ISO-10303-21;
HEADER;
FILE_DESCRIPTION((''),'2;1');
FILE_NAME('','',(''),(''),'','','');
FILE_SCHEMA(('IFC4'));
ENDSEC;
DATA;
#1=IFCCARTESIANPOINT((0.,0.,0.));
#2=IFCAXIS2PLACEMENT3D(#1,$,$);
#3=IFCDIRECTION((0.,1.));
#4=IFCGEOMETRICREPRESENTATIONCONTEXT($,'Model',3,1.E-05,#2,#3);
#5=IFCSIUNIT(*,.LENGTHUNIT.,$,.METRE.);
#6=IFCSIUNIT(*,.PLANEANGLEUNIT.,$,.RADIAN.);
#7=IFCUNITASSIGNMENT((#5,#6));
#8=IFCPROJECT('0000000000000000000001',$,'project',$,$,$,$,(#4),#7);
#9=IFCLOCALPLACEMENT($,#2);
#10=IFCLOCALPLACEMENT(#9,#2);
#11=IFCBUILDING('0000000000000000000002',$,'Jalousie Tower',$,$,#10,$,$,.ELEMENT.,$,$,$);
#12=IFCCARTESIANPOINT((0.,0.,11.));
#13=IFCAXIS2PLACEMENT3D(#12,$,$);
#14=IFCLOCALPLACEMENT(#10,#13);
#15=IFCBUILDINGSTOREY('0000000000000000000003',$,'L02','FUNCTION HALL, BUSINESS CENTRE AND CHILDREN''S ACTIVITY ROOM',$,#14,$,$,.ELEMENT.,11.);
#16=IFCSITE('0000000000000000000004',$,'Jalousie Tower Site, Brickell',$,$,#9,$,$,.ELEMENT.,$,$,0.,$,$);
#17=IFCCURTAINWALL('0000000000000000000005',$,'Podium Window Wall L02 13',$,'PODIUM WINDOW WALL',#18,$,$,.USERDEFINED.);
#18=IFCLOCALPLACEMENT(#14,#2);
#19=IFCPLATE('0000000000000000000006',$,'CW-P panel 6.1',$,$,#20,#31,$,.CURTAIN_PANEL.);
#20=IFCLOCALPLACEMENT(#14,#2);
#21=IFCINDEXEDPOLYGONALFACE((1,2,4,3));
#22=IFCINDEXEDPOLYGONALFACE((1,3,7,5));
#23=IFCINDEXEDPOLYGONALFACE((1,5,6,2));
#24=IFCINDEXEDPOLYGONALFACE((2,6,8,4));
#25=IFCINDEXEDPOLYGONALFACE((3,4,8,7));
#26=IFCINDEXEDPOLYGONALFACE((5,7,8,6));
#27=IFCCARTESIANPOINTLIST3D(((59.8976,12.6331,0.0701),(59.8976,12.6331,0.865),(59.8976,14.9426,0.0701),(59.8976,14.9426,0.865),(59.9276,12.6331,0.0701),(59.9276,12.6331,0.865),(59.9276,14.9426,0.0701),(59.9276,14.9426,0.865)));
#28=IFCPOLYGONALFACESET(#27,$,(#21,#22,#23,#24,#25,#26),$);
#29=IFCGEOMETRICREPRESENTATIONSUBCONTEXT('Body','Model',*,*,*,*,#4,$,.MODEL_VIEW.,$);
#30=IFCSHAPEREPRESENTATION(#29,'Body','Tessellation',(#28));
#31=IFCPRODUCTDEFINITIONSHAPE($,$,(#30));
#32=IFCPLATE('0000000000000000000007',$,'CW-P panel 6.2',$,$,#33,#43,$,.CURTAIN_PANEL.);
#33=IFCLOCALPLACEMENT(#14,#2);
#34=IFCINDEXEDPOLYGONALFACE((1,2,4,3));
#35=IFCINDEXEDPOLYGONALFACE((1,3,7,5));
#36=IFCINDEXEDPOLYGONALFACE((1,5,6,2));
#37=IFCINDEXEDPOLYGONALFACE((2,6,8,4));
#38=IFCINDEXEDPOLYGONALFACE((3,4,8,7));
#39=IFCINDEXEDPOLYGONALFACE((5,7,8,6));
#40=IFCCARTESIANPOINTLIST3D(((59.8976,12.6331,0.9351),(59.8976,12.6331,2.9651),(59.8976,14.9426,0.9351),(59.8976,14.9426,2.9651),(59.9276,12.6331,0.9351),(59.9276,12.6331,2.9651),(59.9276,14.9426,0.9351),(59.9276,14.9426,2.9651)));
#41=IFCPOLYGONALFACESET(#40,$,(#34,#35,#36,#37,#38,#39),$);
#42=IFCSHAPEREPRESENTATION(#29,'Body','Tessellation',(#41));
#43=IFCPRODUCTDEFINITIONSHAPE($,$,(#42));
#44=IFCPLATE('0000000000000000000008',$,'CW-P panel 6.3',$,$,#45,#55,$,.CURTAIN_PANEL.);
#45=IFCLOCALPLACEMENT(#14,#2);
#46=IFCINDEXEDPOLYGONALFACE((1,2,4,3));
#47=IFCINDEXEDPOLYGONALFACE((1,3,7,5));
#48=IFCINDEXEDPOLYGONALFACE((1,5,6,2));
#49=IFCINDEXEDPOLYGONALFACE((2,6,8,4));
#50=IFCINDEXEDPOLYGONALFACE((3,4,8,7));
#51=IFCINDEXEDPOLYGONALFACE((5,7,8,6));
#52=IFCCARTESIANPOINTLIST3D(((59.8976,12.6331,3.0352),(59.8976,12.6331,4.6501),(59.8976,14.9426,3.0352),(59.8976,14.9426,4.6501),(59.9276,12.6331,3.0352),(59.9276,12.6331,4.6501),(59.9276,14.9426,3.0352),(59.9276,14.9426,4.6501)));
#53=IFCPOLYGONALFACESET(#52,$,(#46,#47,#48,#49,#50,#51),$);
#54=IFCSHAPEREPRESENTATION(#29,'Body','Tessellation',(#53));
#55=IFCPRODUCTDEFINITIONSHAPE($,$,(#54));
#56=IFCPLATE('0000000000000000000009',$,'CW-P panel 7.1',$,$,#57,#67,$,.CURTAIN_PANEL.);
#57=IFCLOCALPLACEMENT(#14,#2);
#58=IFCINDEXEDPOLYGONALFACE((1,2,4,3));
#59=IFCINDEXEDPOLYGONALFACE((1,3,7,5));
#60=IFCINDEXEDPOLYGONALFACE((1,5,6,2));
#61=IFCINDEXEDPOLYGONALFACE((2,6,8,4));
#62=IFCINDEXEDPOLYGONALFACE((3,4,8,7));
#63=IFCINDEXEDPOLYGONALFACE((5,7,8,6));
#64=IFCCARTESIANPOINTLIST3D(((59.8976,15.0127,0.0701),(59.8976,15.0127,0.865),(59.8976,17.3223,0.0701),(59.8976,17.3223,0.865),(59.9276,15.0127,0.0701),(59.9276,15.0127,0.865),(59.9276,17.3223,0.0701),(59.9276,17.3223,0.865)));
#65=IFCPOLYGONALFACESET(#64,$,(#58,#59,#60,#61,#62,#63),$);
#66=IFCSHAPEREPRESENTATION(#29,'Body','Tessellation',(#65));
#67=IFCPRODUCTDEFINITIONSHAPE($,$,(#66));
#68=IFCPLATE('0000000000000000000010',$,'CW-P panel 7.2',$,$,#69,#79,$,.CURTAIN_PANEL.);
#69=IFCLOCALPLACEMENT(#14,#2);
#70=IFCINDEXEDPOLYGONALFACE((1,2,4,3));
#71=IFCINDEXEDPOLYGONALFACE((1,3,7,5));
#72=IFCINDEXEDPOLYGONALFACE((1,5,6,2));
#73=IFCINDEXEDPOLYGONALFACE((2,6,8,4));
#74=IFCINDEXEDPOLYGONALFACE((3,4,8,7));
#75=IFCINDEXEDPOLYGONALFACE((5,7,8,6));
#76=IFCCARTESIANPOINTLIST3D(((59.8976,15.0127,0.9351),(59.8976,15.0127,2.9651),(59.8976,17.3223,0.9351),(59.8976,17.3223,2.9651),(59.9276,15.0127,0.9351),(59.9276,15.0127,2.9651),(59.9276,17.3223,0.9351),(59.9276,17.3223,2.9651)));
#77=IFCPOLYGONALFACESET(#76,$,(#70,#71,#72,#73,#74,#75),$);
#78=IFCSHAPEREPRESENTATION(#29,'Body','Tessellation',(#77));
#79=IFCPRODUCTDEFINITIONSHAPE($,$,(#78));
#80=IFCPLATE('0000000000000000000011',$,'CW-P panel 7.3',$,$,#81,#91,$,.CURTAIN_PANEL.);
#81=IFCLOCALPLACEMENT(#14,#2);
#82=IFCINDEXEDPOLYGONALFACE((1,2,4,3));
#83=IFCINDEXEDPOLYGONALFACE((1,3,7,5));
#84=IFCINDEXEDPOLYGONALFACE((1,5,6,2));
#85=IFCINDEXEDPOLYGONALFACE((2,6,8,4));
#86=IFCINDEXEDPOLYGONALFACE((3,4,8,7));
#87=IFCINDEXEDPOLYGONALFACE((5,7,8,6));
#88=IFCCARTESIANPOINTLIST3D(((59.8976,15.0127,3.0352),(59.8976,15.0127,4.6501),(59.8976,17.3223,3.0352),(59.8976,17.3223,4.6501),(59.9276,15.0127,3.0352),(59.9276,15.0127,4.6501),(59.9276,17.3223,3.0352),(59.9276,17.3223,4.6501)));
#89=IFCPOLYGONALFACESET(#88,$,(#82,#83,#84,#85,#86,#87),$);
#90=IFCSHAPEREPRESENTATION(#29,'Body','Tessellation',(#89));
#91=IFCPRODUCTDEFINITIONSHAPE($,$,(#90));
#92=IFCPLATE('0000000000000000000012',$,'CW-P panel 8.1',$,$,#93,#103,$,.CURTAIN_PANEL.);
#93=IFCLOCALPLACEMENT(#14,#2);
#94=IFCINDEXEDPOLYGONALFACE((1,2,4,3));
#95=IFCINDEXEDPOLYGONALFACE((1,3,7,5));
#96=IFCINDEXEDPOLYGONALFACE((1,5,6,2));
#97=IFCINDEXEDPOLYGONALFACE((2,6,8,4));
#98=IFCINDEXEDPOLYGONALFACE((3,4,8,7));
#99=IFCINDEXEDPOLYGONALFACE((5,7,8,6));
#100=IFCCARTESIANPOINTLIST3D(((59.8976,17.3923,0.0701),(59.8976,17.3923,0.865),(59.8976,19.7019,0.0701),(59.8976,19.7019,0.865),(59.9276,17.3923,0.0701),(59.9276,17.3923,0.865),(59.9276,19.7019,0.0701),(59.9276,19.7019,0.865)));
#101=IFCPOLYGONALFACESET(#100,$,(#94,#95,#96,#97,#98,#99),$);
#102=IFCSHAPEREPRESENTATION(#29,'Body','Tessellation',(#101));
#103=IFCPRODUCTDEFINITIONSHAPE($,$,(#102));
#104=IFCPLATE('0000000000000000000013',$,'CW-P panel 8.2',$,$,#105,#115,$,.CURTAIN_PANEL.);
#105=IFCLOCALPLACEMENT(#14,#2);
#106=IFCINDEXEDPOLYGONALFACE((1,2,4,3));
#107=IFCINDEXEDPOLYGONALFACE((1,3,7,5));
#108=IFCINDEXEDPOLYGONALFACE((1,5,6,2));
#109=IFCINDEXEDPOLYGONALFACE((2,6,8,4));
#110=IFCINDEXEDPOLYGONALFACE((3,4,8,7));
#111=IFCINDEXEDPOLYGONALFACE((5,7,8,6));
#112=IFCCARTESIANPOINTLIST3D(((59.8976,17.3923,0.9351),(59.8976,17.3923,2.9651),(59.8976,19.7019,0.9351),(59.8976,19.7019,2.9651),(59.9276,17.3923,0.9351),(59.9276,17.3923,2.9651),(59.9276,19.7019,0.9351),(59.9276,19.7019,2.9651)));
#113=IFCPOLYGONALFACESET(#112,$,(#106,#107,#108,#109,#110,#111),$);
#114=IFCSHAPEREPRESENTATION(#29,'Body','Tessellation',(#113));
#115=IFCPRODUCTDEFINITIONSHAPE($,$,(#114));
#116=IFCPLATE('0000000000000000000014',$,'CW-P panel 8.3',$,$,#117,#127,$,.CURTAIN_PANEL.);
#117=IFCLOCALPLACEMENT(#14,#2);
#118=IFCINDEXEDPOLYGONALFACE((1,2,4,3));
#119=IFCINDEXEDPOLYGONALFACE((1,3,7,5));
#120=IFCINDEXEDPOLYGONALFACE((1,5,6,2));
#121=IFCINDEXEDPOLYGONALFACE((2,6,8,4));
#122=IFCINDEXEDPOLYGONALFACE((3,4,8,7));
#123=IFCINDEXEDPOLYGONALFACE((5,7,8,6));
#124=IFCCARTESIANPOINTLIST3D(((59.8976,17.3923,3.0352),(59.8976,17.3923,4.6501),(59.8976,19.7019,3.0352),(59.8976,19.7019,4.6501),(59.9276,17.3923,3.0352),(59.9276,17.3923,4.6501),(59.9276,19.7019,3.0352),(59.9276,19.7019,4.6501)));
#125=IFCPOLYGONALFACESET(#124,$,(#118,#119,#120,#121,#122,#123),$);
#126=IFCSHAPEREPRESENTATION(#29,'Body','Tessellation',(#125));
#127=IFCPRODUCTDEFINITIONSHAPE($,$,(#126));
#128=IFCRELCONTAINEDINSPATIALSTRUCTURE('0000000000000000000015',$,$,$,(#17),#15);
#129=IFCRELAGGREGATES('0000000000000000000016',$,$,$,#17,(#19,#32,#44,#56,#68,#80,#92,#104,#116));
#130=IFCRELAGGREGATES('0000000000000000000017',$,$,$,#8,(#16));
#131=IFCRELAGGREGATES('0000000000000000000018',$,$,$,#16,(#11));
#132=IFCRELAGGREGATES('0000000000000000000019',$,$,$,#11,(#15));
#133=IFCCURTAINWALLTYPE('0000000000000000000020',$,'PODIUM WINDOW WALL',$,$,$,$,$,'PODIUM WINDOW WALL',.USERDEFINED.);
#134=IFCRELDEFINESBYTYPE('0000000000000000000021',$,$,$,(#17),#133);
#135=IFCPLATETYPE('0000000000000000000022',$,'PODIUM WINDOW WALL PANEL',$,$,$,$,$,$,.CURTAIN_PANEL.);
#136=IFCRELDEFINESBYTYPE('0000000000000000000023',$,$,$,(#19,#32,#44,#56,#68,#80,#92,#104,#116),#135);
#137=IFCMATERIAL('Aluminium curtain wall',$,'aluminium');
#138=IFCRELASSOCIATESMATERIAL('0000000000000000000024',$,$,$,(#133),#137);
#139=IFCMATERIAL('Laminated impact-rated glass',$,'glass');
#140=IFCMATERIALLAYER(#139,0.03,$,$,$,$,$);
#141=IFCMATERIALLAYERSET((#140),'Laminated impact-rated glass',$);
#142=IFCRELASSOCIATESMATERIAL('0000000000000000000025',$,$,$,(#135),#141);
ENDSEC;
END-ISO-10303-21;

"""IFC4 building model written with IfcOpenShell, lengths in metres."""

from ifc_helpers import new_model, si_unit, direction, frame, origin, origin_2d, place, context, subcontext, project, spatial, rectangle, extrude, material, layer, layer_set, type_object, element, aggregate, save


model = new_model("IFC4")

# Units and contexts
model_context = context("Model", 3, precision=1e-05, world=origin(), true_north=direction((0.0, 1.0)))
body_context = subcontext(model_context, "Body", "Model", "MODEL_VIEW")
ifc_project = project(units=[si_unit("LENGTHUNIT", "METRE"), si_unit("PLANEANGLEUNIT", "RADIAN")], contexts=[model_context])

# Site, building, storey
site_placement = place(None, origin())
site = spatial("IfcSite", under=ifc_project, at=site_placement, Name="Jalousie Tower Site, Brickell", CompositionType="ELEMENT", RefElevation=0.0)
building_placement = place(site_placement, origin())
building = spatial("IfcBuilding", under=site, at=building_placement, Name="Jalousie Tower", CompositionType="ELEMENT")
storey_placement = place(building_placement, frame((0.0, 0.0, 11.0)))
storey = spatial("IfcBuildingStorey", under=building, at=storey_placement, Name="L02", Description="FUNCTION HALL, BUSINESS CENTRE AND CHILDREN'S ACTIVITY ROOM", CompositionType="ELEMENT", Elevation=11.0)

# Curtain wall
ifc_material_1 = material(Name="Aluminium curtain wall", Category="aluminium")
curtain_wall_type = type_object("IfcCurtainWallType", Name="PODIUM WINDOW WALL", ElementType="PODIUM WINDOW WALL", PredefinedType="USERDEFINED", material=ifc_material_1)
curtain_wall_placement = place(storey_placement, origin())
curtain_wall = element("IfcCurtainWall", 1, at=curtain_wall_placement, inside=storey, type_object=curtain_wall_type, Name="Podium Window Wall L02 13", ObjectType="PODIUM WINDOW WALL", PredefinedType="USERDEFINED")

# Plates
ifc_material_2 = material(Name="Laminated impact-rated glass", Category="glass")
ifc_layer = layer(ifc_material_2, 0.03)
ifc_layer_set = layer_set([ifc_layer], Name="Laminated impact-rated glass")
plate_type = type_object("IfcPlateType", Name="PODIUM WINDOW WALL PANEL", PredefinedType="CURTAIN_PANEL", material=ifc_layer_set)
plate_1_placement = place(storey_placement, frame((59.9126, 13.7878, 0.0701), z_axis=(0.0, 0.0, 1.0), x_axis=(0.0, 1.0, 0.0)))
plate_1 = element("IfcPlate", 2, at=plate_1_placement, type_object=plate_type, Name="CW-P panel 6.1", PredefinedType="CURTAIN_PANEL", context=body_context, shape_type="SweptSolid", body=[
    extrude(rectangle(XDim=2.3096, YDim=0.03, at=origin_2d()), origin(), (0.0, 0.0, 1.0), 0.7949),
])
plate_2_placement = place(storey_placement, frame((59.9126, 13.7878, 0.9351), z_axis=(0.0, 0.0, 1.0), x_axis=(0.0, 1.0, 0.0)))
plate_2 = element("IfcPlate", 3, at=plate_2_placement, type_object=plate_type, Name="CW-P panel 6.2", PredefinedType="CURTAIN_PANEL", context=body_context, shape_type="SweptSolid", body=[
    extrude(rectangle(XDim=2.3096, YDim=0.03, at=origin_2d()), origin(), (0.0, 0.0, 1.0), 2.03),
])
plate_3_placement = place(storey_placement, frame((59.9126, 13.7878, 3.0352), z_axis=(0.0, 0.0, 1.0), x_axis=(0.0, 1.0, 0.0)))
plate_3 = element("IfcPlate", 4, at=plate_3_placement, type_object=plate_type, Name="CW-P panel 6.3", PredefinedType="CURTAIN_PANEL", context=body_context, shape_type="SweptSolid", body=[
    extrude(rectangle(XDim=2.3096, YDim=0.03, at=origin_2d()), origin(), (0.0, 0.0, 1.0), 1.615),
])
plate_4_placement = place(storey_placement, frame((59.9126, 16.1675, 0.0701), z_axis=(0.0, 0.0, 1.0), x_axis=(0.0, 1.0, 0.0)))
plate_4 = element("IfcPlate", 5, at=plate_4_placement, type_object=plate_type, Name="CW-P panel 7.1", PredefinedType="CURTAIN_PANEL", context=body_context, shape_type="SweptSolid", body=[
    extrude(rectangle(XDim=2.3096, YDim=0.03, at=origin_2d()), origin(), (0.0, 0.0, 1.0), 0.7949),
])
plate_5_placement = place(storey_placement, frame((59.9126, 16.1675, 0.9351), z_axis=(0.0, 0.0, 1.0), x_axis=(0.0, 1.0, 0.0)))
plate_5 = element("IfcPlate", 6, at=plate_5_placement, type_object=plate_type, Name="CW-P panel 7.2", PredefinedType="CURTAIN_PANEL", context=body_context, shape_type="SweptSolid", body=[
    extrude(rectangle(XDim=2.3096, YDim=0.03, at=origin_2d()), origin(), (0.0, 0.0, 1.0), 2.03),
])
plate_6_placement = place(storey_placement, frame((59.9126, 16.1675, 3.0352), z_axis=(0.0, 0.0, 1.0), x_axis=(0.0, 1.0, 0.0)))
plate_6 = element("IfcPlate", 7, at=plate_6_placement, type_object=plate_type, Name="CW-P panel 7.3", PredefinedType="CURTAIN_PANEL", context=body_context, shape_type="SweptSolid", body=[
    extrude(rectangle(XDim=2.3096, YDim=0.03, at=origin_2d()), origin(), (0.0, 0.0, 1.0), 1.615),
])
plate_7_placement = place(storey_placement, frame((59.9126, 18.5471, 0.0701), z_axis=(0.0, 0.0, 1.0), x_axis=(0.0, 1.0, 0.0)))
plate_7 = element("IfcPlate", 8, at=plate_7_placement, type_object=plate_type, Name="CW-P panel 8.1", PredefinedType="CURTAIN_PANEL", context=body_context, shape_type="SweptSolid", body=[
    extrude(rectangle(XDim=2.3096, YDim=0.03, at=origin_2d()), origin(), (0.0, 0.0, 1.0), 0.7949),
])
plate_8_placement = place(storey_placement, frame((59.9126, 18.5471, 0.9351), z_axis=(0.0, 0.0, 1.0), x_axis=(0.0, 1.0, 0.0)))
plate_8 = element("IfcPlate", 9, at=plate_8_placement, type_object=plate_type, Name="CW-P panel 8.2", PredefinedType="CURTAIN_PANEL", context=body_context, shape_type="SweptSolid", body=[
    extrude(rectangle(XDim=2.3096, YDim=0.03, at=origin_2d()), origin(), (0.0, 0.0, 1.0), 2.03),
])
plate_9_placement = place(storey_placement, frame((59.9126, 18.5471, 3.0352), z_axis=(0.0, 0.0, 1.0), x_axis=(0.0, 1.0, 0.0)))
plate_9 = element("IfcPlate", 10, at=plate_9_placement, type_object=plate_type, Name="CW-P panel 8.3", PredefinedType="CURTAIN_PANEL", context=body_context, shape_type="SweptSolid", body=[
    extrude(rectangle(XDim=2.3096, YDim=0.03, at=origin_2d()), origin(), (0.0, 0.0, 1.0), 1.615),
])
aggregate(curtain_wall, [plate_1, plate_2, plate_3, plate_4, plate_5, plate_6, plate_7, plate_8, plate_9])

save(model, "model.ifc")
